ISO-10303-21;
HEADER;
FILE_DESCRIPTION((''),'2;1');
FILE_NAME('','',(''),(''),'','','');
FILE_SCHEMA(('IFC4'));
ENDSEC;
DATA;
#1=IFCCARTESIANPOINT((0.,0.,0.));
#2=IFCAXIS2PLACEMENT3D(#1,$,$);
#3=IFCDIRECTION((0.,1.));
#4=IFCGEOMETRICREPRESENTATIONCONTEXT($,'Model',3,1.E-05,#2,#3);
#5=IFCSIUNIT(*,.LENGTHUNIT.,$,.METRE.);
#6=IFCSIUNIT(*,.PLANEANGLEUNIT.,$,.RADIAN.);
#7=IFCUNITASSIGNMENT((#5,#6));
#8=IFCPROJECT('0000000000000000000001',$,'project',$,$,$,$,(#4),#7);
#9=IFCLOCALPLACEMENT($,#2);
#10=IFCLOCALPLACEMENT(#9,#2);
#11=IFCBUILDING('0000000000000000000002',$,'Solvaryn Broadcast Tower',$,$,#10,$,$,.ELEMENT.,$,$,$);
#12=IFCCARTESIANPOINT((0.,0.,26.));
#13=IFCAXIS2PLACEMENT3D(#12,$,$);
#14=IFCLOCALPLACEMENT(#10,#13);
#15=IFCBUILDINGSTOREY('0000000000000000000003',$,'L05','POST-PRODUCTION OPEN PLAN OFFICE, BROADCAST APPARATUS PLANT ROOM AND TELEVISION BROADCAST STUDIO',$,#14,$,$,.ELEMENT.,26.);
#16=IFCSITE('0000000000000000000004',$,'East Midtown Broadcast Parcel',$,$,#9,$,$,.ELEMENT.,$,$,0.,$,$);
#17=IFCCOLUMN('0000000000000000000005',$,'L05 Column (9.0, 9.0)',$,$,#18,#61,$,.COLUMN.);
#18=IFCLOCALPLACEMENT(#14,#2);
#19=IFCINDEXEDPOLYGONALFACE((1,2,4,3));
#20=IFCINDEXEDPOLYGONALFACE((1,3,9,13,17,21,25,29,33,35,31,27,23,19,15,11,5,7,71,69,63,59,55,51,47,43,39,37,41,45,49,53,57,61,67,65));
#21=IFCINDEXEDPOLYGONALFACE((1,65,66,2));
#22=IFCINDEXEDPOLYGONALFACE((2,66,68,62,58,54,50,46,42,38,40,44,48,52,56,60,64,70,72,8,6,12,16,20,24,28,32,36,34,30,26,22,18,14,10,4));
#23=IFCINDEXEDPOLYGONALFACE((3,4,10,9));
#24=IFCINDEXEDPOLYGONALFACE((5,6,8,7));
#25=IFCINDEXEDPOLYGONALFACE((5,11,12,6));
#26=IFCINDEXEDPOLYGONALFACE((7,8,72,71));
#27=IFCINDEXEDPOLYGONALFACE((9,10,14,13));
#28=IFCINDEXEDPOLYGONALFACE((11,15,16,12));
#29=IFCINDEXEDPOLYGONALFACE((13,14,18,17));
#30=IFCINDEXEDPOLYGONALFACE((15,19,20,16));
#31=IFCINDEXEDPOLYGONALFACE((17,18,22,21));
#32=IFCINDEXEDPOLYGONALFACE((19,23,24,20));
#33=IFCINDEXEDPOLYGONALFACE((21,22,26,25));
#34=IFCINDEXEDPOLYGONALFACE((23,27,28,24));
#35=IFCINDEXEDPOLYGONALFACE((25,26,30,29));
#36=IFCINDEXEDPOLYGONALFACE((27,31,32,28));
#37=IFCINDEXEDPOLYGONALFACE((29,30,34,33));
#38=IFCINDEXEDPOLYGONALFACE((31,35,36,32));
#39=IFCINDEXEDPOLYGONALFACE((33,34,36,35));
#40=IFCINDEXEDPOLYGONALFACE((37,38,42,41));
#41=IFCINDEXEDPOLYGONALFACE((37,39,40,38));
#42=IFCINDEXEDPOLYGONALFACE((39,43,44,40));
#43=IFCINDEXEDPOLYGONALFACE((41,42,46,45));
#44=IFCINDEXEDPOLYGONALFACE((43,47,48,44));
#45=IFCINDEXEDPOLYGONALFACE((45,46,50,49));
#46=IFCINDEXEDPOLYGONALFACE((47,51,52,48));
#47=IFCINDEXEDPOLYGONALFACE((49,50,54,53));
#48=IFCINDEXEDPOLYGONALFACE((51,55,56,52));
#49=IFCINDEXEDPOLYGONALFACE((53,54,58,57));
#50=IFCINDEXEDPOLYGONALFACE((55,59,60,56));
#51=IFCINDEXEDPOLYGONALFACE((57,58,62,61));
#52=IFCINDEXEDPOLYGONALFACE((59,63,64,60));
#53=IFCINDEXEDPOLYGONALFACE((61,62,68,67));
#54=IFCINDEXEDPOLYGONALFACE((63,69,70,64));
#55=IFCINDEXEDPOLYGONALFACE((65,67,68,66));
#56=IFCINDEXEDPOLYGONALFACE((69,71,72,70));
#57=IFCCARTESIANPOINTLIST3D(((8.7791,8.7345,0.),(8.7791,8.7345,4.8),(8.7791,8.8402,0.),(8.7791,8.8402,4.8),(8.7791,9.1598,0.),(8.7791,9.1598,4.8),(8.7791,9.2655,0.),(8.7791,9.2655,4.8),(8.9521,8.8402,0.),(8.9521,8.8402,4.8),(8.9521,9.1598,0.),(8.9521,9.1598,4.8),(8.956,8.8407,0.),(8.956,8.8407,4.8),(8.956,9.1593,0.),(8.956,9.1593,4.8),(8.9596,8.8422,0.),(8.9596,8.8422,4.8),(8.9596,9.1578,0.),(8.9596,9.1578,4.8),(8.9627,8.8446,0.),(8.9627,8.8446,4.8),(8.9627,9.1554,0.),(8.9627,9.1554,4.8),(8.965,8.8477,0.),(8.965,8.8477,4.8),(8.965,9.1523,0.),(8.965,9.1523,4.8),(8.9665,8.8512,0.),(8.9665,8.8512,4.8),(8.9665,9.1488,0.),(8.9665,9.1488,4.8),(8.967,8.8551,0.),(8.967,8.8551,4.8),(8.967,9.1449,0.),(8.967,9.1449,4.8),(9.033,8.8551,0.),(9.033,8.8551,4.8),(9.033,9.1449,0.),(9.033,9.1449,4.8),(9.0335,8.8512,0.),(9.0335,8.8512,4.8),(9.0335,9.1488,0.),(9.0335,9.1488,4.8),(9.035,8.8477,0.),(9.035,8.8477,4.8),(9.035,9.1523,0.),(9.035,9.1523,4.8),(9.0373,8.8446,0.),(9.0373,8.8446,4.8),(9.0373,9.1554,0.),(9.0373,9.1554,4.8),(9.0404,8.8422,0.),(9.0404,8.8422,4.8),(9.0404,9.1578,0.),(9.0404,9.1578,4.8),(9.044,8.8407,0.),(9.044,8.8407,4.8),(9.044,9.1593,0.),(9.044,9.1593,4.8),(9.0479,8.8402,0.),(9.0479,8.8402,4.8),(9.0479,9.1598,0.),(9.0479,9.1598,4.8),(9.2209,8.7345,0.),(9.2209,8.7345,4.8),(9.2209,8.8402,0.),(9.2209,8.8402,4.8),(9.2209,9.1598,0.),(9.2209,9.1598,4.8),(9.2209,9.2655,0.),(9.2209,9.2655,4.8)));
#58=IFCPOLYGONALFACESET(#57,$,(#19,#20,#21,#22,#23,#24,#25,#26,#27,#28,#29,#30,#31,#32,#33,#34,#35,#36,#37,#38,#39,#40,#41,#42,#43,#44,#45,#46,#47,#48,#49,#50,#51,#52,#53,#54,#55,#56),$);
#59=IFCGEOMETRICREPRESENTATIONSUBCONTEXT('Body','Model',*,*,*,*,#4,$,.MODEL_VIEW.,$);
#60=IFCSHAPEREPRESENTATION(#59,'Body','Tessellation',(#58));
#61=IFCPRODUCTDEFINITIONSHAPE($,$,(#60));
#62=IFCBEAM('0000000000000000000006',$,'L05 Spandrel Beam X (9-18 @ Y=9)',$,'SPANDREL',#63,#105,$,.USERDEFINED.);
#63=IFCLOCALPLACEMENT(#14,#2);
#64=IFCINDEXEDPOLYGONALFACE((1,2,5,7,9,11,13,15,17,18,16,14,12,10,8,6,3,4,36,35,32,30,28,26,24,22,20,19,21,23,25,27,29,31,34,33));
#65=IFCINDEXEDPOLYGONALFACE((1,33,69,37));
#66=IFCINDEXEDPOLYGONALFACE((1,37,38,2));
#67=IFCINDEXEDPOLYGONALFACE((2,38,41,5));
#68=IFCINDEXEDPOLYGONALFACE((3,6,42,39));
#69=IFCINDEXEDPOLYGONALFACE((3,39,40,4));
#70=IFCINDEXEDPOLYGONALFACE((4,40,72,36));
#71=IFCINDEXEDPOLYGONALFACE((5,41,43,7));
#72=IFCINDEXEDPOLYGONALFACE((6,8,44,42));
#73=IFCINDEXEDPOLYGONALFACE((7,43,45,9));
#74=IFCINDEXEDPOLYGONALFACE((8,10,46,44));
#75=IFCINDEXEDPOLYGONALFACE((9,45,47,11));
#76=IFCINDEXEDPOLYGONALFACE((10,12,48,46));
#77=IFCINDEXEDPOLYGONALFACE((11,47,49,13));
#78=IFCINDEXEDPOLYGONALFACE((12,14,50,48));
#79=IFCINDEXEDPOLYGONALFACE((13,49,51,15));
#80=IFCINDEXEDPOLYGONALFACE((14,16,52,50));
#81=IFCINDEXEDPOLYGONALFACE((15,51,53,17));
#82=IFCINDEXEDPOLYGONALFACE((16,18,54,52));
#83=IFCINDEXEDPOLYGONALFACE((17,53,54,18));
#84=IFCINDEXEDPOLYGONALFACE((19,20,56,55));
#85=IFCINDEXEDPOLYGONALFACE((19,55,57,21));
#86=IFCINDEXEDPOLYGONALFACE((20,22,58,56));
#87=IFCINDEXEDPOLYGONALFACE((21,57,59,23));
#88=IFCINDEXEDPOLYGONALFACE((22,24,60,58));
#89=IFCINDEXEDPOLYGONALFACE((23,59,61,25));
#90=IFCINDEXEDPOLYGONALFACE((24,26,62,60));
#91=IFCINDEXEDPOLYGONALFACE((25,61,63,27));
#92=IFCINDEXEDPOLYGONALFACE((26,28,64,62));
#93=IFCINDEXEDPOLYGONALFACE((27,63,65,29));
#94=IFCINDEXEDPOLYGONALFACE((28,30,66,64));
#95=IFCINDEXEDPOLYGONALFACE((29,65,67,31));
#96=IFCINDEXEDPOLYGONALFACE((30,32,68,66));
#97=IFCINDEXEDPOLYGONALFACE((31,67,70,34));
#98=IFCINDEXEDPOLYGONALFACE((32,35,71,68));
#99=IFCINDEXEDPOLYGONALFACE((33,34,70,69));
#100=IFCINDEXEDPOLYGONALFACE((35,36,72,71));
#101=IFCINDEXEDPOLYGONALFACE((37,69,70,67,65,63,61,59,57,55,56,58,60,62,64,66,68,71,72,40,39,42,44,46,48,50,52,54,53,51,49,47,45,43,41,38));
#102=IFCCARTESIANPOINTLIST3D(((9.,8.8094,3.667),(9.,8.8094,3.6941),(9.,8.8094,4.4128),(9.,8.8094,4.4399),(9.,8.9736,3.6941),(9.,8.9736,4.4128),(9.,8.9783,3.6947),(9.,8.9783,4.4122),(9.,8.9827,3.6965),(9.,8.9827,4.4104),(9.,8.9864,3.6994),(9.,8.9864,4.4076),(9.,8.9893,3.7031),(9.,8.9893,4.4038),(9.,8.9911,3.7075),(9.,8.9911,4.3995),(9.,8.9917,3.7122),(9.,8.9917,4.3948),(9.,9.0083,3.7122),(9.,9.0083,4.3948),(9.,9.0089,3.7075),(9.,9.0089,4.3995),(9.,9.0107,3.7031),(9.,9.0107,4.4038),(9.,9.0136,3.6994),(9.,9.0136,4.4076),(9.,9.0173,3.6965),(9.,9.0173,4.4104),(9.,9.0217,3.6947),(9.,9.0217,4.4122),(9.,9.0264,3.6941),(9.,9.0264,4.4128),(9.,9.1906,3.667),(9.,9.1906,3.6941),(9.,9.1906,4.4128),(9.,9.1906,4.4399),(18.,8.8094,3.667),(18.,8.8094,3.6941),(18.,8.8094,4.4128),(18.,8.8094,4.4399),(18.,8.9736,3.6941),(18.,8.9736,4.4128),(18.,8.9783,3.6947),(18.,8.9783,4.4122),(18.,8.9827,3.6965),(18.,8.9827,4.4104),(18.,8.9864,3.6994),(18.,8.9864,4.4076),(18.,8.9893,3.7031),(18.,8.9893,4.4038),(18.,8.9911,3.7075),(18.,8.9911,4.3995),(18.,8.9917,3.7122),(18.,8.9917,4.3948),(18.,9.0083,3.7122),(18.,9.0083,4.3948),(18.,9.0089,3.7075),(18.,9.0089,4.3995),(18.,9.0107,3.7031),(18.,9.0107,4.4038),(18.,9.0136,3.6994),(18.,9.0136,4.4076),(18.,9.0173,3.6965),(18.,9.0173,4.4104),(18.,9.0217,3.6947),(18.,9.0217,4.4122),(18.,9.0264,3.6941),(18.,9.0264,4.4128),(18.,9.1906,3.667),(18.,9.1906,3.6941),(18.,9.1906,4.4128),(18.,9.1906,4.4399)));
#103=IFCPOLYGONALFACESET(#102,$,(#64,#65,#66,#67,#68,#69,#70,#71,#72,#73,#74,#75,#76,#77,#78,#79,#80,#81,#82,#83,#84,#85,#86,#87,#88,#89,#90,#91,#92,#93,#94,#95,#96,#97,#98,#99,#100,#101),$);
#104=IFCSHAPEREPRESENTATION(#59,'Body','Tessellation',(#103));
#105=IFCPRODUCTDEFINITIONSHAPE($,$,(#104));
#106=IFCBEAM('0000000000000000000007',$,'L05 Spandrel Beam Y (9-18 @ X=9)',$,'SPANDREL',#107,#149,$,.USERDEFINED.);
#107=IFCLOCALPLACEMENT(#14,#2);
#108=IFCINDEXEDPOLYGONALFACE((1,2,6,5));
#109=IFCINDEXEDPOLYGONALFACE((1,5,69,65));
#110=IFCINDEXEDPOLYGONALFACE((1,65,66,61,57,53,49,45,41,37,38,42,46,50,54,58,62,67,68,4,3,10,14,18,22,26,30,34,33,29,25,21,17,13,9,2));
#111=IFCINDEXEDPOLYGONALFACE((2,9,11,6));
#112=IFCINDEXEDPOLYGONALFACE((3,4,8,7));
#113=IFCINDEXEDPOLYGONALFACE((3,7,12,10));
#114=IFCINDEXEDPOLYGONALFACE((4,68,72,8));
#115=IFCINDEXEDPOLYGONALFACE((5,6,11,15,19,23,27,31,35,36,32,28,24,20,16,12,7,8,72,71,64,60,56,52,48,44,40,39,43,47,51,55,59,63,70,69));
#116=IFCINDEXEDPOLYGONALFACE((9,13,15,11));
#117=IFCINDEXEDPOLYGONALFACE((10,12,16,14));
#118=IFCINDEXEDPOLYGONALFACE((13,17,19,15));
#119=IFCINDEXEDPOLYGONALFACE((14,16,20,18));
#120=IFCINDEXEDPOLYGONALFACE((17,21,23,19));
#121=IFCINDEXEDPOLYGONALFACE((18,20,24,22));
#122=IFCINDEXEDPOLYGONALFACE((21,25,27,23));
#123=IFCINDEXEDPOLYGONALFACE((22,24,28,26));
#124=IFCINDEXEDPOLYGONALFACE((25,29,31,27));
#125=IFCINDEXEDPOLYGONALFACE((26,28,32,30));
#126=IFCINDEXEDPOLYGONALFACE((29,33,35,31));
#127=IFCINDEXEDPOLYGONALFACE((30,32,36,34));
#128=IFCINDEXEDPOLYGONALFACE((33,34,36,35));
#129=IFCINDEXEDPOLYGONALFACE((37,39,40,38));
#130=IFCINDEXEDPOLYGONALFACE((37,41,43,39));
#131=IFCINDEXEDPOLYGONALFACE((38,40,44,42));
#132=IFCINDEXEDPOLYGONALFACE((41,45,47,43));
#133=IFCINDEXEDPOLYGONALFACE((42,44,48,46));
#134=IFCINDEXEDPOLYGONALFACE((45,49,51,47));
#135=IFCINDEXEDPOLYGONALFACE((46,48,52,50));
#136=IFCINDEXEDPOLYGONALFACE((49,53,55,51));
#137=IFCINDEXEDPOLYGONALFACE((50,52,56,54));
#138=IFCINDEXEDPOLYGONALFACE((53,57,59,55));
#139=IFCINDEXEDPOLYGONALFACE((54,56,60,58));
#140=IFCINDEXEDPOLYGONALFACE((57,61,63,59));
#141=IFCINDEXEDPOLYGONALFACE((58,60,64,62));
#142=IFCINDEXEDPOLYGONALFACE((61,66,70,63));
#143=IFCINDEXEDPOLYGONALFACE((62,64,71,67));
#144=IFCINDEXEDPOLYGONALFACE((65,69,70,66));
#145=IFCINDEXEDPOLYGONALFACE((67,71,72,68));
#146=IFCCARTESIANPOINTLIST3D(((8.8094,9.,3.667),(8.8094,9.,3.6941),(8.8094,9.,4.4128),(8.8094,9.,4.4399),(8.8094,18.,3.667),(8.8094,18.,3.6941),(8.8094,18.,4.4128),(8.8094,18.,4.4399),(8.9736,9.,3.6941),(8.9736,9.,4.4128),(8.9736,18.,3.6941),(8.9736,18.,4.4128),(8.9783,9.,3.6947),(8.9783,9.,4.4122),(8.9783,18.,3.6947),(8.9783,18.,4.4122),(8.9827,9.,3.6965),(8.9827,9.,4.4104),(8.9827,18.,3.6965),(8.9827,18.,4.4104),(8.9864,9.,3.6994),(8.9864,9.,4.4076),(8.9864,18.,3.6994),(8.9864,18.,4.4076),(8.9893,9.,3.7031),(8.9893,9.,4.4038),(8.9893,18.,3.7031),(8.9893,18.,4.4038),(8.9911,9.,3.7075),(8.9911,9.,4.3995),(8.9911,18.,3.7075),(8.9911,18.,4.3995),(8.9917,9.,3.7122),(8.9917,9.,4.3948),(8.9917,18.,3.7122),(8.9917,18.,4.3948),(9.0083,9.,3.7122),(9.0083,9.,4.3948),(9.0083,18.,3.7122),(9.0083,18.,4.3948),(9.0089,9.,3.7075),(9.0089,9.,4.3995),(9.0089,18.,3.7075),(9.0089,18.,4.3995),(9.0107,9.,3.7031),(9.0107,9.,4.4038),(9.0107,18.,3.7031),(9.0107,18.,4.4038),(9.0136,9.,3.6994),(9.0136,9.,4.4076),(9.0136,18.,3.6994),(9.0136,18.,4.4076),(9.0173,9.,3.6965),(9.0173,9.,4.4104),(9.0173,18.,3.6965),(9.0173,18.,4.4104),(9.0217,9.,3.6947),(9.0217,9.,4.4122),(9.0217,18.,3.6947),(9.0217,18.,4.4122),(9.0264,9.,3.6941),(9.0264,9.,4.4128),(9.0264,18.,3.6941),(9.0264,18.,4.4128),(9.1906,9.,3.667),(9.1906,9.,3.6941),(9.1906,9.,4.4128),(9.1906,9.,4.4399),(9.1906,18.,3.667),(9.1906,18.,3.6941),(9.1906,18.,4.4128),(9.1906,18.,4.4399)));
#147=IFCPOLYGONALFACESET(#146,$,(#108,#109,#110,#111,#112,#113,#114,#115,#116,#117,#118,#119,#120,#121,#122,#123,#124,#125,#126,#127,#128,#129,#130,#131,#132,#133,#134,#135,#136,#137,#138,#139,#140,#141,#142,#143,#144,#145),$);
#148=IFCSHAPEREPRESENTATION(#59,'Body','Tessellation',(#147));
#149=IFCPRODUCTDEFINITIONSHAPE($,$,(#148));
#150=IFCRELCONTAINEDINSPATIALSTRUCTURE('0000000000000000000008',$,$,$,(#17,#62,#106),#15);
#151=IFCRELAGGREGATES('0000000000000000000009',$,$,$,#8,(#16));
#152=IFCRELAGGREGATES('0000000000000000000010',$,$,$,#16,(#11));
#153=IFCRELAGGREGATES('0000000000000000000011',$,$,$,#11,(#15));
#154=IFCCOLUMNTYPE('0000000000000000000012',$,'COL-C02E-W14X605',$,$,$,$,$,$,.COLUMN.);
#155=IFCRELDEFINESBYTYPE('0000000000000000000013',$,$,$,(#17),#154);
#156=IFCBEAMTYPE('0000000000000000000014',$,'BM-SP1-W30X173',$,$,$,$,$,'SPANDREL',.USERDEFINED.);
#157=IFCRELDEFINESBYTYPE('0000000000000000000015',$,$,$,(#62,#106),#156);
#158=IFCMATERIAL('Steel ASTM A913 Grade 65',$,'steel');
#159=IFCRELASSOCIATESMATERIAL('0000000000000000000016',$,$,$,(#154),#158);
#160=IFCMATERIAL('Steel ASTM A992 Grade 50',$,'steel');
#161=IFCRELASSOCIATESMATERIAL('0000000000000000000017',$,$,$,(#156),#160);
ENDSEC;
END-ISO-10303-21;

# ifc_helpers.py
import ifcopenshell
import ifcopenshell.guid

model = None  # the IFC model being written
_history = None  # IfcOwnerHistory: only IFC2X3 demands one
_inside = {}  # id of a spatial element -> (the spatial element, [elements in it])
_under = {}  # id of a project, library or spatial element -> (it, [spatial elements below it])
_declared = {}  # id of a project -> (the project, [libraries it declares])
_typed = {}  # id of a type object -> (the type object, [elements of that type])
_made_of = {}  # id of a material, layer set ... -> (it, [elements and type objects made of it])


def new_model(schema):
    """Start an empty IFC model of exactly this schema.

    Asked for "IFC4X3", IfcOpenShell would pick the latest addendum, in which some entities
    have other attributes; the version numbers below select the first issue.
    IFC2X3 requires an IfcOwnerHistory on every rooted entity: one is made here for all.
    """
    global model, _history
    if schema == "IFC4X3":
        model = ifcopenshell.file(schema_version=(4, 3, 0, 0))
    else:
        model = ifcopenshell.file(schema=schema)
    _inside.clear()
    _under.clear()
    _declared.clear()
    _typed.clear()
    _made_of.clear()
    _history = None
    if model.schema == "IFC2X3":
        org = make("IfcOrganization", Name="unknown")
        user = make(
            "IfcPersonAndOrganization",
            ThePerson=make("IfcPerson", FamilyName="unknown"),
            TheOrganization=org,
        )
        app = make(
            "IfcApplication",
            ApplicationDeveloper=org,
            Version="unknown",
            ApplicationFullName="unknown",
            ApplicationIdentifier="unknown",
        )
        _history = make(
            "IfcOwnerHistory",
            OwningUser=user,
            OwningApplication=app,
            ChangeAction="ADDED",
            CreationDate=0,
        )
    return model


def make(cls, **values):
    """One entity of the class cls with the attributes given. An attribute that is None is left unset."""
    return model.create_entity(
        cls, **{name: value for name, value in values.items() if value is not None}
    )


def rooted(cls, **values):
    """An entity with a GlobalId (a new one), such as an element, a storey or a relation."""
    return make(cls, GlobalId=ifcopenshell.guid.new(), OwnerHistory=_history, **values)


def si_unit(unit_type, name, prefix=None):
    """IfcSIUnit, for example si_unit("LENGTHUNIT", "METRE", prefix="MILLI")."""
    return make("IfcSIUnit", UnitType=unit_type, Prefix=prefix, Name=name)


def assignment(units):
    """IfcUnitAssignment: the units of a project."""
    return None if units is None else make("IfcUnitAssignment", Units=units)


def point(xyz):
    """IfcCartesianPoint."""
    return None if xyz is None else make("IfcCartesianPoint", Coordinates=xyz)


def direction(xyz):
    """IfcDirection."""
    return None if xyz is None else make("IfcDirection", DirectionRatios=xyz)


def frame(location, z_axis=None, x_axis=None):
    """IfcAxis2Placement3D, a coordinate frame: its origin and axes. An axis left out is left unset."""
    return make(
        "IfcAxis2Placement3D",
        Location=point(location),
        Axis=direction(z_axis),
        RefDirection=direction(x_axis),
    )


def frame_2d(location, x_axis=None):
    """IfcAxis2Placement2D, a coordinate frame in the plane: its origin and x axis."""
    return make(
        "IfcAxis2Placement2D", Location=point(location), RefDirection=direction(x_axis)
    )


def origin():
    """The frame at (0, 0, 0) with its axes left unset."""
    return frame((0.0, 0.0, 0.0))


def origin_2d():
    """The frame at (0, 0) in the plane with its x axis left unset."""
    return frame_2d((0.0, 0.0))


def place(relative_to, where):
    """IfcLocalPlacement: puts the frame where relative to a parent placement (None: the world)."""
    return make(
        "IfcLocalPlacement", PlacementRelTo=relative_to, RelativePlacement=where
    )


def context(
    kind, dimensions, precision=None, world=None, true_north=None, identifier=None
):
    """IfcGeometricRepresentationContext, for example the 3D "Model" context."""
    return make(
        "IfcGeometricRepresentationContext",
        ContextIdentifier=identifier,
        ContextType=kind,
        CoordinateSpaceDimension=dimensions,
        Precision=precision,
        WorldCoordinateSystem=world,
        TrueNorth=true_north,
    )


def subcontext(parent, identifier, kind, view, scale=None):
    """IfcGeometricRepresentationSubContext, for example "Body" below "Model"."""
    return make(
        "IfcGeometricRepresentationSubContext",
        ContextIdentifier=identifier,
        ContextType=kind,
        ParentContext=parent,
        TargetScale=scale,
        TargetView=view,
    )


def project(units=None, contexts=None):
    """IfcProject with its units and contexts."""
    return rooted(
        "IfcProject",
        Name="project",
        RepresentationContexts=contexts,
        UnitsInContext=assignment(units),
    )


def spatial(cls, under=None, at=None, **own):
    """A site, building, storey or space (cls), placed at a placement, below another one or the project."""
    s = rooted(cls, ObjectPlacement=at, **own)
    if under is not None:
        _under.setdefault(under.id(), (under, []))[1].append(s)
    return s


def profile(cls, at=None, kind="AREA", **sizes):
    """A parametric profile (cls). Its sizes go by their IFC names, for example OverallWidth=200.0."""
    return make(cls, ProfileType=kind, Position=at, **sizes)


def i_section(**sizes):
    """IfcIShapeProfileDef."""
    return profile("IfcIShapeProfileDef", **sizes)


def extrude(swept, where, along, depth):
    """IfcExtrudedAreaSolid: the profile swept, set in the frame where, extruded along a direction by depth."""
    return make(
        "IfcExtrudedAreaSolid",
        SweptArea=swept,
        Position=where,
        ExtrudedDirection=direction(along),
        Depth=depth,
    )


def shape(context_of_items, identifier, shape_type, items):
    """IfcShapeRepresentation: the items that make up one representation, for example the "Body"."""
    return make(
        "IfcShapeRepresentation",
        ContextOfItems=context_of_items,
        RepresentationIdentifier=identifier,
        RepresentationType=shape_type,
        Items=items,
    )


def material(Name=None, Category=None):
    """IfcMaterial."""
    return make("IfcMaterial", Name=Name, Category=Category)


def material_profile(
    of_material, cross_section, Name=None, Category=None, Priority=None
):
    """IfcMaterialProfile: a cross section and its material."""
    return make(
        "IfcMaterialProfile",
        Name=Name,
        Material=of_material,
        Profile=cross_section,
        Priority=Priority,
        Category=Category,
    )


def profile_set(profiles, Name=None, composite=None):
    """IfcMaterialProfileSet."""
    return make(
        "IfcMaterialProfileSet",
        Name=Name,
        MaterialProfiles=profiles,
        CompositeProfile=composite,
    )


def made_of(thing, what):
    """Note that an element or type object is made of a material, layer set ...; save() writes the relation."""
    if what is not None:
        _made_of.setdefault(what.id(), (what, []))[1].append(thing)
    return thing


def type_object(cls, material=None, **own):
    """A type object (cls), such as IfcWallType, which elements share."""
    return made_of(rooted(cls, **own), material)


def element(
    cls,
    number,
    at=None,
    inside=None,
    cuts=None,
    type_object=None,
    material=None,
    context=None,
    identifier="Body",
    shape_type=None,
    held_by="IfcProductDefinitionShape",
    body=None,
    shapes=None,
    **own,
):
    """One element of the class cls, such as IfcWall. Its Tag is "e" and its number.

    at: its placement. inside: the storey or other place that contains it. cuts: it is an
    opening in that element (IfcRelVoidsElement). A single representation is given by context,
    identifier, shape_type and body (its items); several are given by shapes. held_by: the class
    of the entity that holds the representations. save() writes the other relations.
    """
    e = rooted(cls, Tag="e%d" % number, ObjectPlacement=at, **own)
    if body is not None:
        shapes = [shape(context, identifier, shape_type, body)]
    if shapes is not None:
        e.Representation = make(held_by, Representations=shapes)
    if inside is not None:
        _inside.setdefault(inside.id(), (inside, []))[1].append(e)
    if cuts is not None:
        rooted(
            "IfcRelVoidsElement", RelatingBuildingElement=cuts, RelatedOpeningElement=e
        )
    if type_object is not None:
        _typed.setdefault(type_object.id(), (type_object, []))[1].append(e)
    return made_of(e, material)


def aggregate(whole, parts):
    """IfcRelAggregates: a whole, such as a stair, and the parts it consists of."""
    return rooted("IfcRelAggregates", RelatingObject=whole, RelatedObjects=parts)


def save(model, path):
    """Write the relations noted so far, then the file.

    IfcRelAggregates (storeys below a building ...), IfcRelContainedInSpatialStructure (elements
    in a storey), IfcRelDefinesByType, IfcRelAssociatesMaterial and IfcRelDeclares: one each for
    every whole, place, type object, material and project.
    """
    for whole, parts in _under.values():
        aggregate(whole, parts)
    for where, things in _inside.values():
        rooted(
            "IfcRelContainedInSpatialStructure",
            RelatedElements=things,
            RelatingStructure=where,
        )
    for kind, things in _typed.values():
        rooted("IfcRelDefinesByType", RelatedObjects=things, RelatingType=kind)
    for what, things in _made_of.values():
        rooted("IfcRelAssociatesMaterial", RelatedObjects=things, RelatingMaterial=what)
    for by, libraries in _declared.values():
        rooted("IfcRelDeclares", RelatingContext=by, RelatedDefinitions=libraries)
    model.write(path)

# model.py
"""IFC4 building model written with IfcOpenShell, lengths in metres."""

from ifc_helpers import new_model, si_unit, direction, frame, origin, origin_2d, place, context, subcontext, project, spatial, i_section, extrude, material, material_profile, profile_set, type_object, element, save


model = new_model("IFC4")

# Units and contexts
model_context = context("Model", 3, precision=1e-05, world=origin(), true_north=direction((0.0, 1.0)))
body_context = subcontext(model_context, "Body", "Model", "MODEL_VIEW")
ifc_project = project(units=[si_unit("LENGTHUNIT", "METRE"), si_unit("PLANEANGLEUNIT", "RADIAN")], contexts=[model_context])

# Site, building, storey
site_placement = place(None, origin())
site = spatial("IfcSite", under=ifc_project, at=site_placement, Name="East Midtown Broadcast Parcel", CompositionType="ELEMENT", RefElevation=0.0)
building_placement = place(site_placement, origin())
building = spatial("IfcBuilding", under=site, at=building_placement, Name="Solvaryn Broadcast Tower", CompositionType="ELEMENT")
storey_placement = place(building_placement, frame((0.0, 0.0, 26.0)))
storey = spatial("IfcBuildingStorey", under=building, at=storey_placement, Name="L05", Description="POST-PRODUCTION OPEN PLAN OFFICE, BROADCAST APPARATUS PLANT ROOM AND TELEVISION BROADCAST STUDIO", CompositionType="ELEMENT", Elevation=26.0)

# Column
ifc_material_1 = material(Name="Steel ASTM A913 Grade 65", Category="steel")
ifc_material_profile_1 = material_profile(ifc_material_1, i_section(OverallWidth=0.4419, OverallDepth=0.531, WebThickness=0.0659, FlangeThickness=0.1057, FilletRadius=0.0149, at=origin_2d()))
ifc_profile_set_1 = profile_set([ifc_material_profile_1], Name="Steel ASTM A913 Grade 65")
column_type = type_object("IfcColumnType", Name="COL-C02E-W14X605", PredefinedType="COLUMN", material=ifc_profile_set_1)
column_placement = place(storey_placement, frame((9.0, 9.0, 0.0), z_axis=(0.0, 0.0, 1.0), x_axis=(1.0, 0.0, 0.0)))
element("IfcColumn", 1, at=column_placement, inside=storey, type_object=column_type, Name="L05 Column (9.0, 9.0)", PredefinedType="COLUMN", context=body_context, shape_type="SweptSolid", body=[
    extrude(i_section(OverallWidth=0.4419, OverallDepth=0.531, WebThickness=0.0659, FlangeThickness=0.1057, FilletRadius=0.0149, at=origin_2d()), origin(), (0.0, 0.0, 1.0), 4.8),
])

# Beams
ifc_material_2 = material(Name="Steel ASTM A992 Grade 50", Category="steel")
ifc_material_profile_2 = material_profile(ifc_material_2, i_section(OverallWidth=0.3811, OverallDepth=0.7729, WebThickness=0.0166, FlangeThickness=0.0271, FilletRadius=0.0181, at=origin_2d()))
ifc_profile_set_2 = profile_set([ifc_material_profile_2], Name="Steel ASTM A992 Grade 50")
beam_type = type_object("IfcBeamType", Name="BM-SP1-W30X173", ElementType="SPANDREL", PredefinedType="USERDEFINED", material=ifc_profile_set_2)
for number, where, z_axis, x_axis, name in (
    (2, (9.0, 9.0, 4.0535), (1.0, 0.0, 0.0), (0.0, 1.0, 0.0), "L05 Spandrel Beam X (9-18 @ Y=9)"),
    (3, (9.0, 9.0, 4.0535), (0.0, 1.0, 0.0), (-1.0, 0.0, 0.0), "L05 Spandrel Beam Y (9-18 @ X=9)"),
):
    element("IfcBeam", number, at=place(storey_placement, frame(where, z_axis=z_axis, x_axis=x_axis)), inside=storey, type_object=beam_type, Name=name, ObjectType="SPANDREL", PredefinedType="USERDEFINED", context=body_context, shape_type="SweptSolid", body=[
        extrude(i_section(OverallWidth=0.3811, OverallDepth=0.7729, WebThickness=0.0166, FlangeThickness=0.0271, FilletRadius=0.0181, at=origin_2d()), origin(), (0.0, 0.0, 1.0), 9.0),
    ])

save(model, "model.ifc")
